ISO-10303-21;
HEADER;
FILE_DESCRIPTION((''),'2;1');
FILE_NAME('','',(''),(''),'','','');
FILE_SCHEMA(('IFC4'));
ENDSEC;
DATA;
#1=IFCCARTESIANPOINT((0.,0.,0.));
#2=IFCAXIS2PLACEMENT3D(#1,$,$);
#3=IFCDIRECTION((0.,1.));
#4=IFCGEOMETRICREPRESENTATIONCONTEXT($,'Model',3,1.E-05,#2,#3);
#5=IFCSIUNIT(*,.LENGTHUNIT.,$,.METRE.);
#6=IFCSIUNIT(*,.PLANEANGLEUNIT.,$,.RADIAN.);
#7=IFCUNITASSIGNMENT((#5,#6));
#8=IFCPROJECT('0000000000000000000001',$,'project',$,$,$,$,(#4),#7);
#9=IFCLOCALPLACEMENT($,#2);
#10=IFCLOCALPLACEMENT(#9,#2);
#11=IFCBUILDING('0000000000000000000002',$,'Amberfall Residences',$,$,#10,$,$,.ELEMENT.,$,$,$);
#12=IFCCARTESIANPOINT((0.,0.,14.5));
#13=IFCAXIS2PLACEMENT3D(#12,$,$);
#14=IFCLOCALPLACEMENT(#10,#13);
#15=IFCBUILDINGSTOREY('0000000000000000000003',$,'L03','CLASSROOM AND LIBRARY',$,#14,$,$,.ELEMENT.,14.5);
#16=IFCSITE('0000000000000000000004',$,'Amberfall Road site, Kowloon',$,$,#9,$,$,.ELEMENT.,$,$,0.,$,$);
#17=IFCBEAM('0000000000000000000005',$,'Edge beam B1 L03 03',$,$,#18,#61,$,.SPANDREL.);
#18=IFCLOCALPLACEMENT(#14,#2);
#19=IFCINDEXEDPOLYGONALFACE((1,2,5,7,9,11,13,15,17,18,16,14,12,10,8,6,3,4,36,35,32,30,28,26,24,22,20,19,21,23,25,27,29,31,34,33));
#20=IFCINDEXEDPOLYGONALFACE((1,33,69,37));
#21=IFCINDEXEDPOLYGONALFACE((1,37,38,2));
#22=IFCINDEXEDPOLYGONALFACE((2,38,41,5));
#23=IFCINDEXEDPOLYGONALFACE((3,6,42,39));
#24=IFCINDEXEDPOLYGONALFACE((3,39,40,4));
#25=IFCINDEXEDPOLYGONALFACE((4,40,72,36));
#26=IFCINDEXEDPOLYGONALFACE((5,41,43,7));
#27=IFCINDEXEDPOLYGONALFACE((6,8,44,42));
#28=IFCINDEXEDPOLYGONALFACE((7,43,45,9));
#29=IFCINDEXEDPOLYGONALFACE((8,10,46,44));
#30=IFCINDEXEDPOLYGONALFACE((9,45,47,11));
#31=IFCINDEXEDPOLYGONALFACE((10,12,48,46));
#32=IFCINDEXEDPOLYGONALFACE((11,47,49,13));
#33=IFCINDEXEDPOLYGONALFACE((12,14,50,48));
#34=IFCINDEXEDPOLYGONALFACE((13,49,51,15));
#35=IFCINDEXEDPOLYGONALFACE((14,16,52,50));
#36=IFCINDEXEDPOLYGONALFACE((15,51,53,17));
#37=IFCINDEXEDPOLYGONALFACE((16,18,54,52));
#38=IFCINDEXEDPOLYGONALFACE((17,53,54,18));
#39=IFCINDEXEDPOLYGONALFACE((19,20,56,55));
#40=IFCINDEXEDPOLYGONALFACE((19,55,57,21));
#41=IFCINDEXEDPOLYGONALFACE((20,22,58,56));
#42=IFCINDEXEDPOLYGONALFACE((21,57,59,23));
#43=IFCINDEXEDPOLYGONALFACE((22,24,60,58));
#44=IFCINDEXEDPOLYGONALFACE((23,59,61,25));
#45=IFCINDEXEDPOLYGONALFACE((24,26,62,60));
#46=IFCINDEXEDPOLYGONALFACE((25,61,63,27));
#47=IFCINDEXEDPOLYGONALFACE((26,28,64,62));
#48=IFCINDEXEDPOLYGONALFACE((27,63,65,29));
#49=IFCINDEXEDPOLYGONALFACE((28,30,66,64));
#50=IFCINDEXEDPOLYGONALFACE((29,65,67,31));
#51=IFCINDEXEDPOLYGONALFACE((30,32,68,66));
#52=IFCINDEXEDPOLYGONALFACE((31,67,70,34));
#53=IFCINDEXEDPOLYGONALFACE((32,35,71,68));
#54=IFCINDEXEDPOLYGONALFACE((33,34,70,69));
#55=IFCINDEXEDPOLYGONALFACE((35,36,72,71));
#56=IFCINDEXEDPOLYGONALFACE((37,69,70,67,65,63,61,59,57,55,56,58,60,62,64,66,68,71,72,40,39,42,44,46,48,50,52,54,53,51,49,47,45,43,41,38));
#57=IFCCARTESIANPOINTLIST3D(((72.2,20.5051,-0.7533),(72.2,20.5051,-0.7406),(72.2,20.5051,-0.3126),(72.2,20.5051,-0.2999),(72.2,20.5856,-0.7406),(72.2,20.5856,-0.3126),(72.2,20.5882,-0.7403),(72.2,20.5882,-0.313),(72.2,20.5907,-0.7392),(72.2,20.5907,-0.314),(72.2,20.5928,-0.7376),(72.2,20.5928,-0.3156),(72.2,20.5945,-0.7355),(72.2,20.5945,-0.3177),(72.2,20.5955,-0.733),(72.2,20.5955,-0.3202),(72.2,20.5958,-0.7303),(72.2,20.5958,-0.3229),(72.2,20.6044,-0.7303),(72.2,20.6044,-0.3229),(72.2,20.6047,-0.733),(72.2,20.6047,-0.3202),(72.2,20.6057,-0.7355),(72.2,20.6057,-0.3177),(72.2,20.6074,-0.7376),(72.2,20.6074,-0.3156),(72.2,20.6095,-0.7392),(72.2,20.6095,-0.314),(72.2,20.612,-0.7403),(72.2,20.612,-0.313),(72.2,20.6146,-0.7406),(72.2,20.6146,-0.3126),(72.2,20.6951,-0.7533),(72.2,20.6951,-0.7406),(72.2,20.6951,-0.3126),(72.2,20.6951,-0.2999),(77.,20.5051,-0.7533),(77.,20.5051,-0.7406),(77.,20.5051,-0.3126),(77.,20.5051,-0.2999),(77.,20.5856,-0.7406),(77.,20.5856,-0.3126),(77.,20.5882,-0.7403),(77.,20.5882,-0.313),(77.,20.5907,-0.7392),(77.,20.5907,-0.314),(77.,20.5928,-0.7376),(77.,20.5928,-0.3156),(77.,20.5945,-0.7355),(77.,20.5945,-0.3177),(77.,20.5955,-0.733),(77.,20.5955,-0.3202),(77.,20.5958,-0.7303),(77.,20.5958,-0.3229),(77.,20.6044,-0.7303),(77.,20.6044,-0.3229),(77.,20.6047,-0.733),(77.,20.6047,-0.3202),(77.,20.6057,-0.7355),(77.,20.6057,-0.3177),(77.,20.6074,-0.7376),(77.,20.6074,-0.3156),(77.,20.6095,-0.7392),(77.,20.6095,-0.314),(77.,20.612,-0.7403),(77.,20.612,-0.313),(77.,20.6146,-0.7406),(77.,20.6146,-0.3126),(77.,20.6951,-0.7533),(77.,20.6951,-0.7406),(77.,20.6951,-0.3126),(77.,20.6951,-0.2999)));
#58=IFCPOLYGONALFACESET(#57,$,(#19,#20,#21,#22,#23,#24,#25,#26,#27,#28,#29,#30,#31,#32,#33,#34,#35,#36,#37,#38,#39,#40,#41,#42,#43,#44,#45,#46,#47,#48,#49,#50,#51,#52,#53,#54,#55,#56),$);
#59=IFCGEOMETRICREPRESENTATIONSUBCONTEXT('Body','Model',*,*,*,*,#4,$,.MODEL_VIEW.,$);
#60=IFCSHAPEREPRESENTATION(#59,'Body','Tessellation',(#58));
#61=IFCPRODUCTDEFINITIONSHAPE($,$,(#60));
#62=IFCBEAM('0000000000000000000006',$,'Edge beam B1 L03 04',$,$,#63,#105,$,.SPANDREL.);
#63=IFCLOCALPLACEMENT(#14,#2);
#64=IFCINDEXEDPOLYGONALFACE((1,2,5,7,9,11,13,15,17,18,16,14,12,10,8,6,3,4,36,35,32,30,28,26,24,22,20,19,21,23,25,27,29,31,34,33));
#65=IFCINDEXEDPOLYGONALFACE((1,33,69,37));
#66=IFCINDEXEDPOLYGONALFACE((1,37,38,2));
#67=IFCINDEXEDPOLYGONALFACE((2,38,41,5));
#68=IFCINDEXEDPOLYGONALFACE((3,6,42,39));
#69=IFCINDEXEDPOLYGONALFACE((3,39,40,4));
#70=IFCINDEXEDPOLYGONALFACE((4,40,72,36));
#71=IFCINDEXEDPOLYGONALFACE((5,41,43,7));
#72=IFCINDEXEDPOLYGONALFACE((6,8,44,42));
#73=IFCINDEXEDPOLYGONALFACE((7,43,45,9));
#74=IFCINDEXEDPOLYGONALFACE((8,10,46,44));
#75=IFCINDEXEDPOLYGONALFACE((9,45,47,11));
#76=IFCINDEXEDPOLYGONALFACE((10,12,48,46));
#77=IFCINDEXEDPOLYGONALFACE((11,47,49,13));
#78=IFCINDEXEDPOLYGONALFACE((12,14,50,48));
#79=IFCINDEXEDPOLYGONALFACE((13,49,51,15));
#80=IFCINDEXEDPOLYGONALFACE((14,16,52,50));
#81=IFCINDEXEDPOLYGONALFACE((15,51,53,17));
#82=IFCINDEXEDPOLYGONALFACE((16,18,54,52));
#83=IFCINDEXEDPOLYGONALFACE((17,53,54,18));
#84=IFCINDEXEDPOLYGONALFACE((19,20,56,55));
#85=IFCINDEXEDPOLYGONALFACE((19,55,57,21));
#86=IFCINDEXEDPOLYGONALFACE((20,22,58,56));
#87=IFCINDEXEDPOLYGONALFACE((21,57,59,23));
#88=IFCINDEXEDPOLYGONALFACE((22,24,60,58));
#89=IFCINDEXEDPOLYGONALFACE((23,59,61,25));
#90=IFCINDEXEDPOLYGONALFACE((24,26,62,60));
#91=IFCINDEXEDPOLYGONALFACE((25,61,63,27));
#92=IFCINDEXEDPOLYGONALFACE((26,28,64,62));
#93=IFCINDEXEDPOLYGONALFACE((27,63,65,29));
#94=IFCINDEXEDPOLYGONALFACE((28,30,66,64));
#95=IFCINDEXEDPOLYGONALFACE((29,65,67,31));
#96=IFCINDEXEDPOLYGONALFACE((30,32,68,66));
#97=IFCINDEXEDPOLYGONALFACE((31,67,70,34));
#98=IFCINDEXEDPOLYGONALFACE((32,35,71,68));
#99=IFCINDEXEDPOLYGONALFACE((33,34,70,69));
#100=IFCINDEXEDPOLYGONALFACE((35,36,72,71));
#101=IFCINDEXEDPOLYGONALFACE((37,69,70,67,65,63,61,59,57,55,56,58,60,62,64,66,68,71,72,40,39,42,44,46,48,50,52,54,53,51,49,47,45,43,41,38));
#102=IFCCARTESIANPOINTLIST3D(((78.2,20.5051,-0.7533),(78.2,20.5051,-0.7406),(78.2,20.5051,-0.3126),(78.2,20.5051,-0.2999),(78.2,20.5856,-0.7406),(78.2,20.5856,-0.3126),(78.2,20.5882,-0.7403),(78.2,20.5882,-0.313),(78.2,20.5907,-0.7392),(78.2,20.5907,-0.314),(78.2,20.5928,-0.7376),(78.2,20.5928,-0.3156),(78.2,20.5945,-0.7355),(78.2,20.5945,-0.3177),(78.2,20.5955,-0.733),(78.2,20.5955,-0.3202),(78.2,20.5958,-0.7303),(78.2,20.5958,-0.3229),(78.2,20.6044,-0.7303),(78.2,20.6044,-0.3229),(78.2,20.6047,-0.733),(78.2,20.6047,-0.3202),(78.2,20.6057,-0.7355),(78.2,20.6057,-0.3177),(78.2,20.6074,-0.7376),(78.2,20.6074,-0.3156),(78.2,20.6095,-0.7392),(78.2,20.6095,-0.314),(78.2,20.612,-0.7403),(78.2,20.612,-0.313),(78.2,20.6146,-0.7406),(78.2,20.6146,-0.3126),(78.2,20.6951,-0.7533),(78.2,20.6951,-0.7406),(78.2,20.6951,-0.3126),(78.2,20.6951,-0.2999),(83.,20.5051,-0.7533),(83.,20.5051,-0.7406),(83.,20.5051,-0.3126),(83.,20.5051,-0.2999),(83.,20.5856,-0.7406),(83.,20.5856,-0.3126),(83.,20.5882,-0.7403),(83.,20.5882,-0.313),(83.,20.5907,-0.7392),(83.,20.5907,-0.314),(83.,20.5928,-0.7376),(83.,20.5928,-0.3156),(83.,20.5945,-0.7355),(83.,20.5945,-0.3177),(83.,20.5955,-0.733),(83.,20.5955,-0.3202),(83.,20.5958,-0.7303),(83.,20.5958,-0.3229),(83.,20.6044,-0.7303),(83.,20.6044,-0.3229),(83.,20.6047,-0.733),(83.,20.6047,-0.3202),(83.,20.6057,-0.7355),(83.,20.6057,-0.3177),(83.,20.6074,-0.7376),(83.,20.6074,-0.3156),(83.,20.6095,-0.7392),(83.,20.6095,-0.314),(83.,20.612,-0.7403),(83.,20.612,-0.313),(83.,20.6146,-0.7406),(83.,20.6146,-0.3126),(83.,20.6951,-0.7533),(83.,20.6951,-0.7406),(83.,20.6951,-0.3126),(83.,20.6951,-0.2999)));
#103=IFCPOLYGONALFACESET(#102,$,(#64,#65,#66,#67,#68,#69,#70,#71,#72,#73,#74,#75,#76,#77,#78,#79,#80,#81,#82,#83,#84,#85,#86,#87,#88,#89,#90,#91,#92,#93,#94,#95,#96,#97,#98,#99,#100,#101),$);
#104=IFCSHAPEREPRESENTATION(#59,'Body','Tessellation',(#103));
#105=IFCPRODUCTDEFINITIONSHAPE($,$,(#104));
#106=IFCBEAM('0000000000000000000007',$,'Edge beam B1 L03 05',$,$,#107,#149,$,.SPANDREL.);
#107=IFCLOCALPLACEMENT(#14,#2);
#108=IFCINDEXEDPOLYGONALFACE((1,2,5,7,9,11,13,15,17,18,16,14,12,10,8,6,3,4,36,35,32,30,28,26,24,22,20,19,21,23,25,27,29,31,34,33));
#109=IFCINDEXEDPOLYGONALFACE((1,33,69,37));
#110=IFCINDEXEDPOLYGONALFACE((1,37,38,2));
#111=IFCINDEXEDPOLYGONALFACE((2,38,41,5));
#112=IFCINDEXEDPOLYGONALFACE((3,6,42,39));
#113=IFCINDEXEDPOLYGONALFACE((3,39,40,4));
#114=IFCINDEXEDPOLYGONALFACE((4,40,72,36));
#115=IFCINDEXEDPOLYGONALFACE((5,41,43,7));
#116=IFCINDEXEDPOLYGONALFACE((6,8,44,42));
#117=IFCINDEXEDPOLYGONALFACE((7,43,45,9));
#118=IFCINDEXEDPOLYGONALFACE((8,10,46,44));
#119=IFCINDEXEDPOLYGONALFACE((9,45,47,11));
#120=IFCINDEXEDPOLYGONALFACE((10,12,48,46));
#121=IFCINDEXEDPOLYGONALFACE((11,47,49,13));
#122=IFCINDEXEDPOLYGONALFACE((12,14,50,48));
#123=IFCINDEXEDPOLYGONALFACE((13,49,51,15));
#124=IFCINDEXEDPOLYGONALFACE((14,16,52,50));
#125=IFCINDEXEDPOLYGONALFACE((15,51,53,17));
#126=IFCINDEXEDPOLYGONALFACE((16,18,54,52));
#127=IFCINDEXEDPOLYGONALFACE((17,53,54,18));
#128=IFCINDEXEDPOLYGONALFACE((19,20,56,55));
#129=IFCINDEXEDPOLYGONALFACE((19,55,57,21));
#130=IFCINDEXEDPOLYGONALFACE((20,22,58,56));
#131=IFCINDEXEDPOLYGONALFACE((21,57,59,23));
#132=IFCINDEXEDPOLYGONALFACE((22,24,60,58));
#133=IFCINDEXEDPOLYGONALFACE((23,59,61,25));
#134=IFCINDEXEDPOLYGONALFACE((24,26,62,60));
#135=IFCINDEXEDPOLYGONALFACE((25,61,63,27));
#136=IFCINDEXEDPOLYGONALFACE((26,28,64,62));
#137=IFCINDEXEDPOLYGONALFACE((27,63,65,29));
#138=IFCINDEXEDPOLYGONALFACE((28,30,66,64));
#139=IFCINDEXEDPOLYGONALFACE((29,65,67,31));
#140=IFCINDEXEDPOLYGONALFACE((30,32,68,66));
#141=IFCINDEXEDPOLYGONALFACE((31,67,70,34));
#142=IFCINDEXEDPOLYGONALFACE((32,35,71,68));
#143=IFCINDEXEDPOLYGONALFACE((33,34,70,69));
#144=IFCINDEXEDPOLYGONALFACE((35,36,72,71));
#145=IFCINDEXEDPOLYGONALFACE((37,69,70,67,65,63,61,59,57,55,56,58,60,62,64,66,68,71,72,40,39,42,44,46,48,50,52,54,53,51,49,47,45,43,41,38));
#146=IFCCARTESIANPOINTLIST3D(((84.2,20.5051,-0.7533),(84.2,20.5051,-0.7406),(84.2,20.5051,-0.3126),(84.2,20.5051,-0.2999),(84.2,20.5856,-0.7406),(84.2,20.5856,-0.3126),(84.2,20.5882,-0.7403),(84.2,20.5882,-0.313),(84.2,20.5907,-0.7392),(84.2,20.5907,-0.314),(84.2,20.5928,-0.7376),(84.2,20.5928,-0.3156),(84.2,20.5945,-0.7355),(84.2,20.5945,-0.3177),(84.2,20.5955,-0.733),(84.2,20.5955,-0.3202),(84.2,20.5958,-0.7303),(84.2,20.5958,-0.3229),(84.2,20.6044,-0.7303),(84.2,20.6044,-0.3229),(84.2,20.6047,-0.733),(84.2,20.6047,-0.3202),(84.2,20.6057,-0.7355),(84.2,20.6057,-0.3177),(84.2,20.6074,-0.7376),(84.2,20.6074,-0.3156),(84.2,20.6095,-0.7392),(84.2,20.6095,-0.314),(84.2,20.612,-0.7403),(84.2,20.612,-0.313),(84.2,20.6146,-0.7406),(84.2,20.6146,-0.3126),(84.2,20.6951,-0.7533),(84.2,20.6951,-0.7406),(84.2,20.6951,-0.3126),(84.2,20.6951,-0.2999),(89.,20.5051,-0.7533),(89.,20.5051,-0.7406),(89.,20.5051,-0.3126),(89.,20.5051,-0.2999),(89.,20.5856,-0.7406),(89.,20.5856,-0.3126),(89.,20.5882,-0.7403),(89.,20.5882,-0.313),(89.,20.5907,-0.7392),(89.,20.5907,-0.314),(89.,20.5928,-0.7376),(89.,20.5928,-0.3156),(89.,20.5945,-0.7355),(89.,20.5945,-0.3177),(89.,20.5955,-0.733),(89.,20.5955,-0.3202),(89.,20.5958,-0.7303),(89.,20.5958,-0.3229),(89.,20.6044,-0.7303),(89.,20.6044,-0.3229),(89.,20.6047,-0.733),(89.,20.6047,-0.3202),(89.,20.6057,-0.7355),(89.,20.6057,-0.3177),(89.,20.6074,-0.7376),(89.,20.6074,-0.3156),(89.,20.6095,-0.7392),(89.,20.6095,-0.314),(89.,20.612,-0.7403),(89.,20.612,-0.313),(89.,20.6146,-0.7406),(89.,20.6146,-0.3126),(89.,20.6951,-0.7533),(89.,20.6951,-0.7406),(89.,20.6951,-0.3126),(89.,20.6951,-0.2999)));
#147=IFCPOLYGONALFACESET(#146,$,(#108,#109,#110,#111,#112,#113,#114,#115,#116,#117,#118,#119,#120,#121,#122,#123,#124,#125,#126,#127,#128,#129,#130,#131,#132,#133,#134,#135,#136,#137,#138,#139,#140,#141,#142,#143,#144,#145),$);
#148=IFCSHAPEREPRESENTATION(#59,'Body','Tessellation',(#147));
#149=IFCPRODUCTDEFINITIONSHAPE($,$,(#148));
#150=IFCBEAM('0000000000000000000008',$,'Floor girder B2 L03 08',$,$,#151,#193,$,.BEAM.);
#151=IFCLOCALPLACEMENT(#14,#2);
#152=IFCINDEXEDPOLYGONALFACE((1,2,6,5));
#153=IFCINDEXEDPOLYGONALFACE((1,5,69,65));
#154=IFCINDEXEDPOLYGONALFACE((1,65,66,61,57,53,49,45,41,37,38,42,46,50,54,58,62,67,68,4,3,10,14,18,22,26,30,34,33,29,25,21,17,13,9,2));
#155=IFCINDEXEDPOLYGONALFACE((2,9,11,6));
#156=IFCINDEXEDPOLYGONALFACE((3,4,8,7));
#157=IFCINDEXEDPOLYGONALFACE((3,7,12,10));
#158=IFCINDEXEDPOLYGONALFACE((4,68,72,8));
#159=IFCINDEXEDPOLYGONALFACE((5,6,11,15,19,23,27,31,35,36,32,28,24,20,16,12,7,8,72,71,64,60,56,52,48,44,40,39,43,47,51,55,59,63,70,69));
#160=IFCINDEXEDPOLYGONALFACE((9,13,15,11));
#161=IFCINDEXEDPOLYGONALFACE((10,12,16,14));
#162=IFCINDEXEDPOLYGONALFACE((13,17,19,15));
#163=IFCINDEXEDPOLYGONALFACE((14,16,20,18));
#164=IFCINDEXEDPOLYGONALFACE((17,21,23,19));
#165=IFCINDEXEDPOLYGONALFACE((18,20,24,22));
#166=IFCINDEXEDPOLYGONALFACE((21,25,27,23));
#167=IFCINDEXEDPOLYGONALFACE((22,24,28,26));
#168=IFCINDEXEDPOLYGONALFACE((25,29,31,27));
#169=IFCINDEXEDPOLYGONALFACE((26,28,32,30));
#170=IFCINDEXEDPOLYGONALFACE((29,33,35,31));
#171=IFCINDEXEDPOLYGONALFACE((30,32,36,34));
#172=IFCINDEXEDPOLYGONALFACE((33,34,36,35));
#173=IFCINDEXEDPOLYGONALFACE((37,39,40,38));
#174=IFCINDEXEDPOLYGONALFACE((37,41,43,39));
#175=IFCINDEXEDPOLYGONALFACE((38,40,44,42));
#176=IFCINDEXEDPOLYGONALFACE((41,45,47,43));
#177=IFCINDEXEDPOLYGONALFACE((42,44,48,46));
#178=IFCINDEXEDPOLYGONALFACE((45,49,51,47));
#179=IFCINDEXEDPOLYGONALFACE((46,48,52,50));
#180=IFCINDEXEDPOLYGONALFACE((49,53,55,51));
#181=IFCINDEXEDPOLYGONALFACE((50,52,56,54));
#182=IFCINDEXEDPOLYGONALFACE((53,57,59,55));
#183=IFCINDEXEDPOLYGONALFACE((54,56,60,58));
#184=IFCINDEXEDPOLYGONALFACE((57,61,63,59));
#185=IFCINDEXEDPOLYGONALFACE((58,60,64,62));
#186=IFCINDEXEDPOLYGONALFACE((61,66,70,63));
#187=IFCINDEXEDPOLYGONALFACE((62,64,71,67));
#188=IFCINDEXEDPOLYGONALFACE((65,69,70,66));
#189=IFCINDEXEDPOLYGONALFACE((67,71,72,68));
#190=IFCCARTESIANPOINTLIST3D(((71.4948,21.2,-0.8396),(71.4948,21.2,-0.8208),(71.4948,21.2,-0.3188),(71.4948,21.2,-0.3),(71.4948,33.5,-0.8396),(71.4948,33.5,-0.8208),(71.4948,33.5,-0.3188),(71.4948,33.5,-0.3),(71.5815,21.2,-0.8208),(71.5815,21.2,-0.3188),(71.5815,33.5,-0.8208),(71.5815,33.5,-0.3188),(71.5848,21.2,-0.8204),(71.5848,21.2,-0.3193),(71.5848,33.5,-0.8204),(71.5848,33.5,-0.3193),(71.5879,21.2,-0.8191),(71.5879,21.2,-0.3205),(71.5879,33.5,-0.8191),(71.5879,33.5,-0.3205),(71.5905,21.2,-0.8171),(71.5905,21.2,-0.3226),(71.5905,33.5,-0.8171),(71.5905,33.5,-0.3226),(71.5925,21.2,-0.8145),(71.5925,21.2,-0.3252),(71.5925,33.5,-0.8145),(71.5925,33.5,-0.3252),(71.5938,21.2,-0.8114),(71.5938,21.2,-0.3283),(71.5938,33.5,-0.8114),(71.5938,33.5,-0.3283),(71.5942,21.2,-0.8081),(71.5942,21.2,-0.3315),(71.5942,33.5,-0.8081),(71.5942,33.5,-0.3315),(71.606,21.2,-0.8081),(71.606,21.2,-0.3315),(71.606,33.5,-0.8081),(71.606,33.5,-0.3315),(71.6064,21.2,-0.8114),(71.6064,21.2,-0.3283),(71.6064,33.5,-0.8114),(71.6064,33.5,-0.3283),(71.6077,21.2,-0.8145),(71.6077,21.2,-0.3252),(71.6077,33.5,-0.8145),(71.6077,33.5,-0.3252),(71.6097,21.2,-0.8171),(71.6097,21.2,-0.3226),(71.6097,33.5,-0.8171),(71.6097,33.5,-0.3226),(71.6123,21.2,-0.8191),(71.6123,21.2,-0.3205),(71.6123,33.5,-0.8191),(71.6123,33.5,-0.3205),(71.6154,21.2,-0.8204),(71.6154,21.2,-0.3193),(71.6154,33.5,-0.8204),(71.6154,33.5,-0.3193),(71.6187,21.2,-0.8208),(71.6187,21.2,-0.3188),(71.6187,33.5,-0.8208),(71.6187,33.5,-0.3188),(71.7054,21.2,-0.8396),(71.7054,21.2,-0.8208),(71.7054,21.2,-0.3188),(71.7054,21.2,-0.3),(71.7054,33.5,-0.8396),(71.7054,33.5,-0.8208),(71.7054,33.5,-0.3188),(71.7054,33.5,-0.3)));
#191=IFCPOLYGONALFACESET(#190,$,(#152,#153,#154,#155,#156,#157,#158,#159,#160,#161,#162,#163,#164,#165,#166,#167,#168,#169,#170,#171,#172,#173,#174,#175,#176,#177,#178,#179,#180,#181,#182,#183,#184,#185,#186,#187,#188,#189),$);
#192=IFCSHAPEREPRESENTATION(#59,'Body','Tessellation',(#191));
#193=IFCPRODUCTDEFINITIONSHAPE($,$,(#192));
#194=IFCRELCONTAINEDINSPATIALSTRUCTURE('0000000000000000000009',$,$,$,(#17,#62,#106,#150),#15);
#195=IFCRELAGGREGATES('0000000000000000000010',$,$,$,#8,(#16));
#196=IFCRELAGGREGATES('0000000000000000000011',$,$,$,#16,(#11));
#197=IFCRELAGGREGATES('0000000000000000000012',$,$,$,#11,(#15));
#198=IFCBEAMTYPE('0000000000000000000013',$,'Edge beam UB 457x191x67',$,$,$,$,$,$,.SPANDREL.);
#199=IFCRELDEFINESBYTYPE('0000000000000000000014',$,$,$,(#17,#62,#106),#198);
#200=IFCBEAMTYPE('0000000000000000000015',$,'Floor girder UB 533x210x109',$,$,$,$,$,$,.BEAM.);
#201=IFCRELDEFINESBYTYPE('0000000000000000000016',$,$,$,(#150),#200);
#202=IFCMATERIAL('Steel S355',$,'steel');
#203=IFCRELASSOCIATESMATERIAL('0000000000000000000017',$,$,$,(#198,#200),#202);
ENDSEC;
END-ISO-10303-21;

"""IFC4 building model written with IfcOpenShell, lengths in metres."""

from ifc_helpers import new_model, si_unit, direction, frame, origin, origin_2d, place, context, subcontext, project, spatial, i_section, extrude, material, material_profile, profile_set, type_object, element, save


model = new_model("IFC4")

# Units and contexts
model_context = context("Model", 3, precision=1e-05, world=origin(), true_north=direction((0.0, 1.0)))
body_context = subcontext(model_context, "Body", "Model", "MODEL_VIEW")
ifc_project = project(units=[si_unit("LENGTHUNIT", "METRE"), si_unit("PLANEANGLEUNIT", "RADIAN")], contexts=[model_context])

# Site, building, storey
site_placement = place(None, origin())
site = spatial("IfcSite", under=ifc_project, at=site_placement, Name="Amberfall Road site, Kowloon", CompositionType="ELEMENT", RefElevation=0.0)
building_placement = place(site_placement, origin())
building = spatial("IfcBuilding", under=site, at=building_placement, Name="Amberfall Residences", CompositionType="ELEMENT")
storey_placement = place(building_placement, frame((0.0, 0.0, 14.5)))
storey = spatial("IfcBuildingStorey", under=building, at=storey_placement, Name="L03", Description="CLASSROOM AND LIBRARY", CompositionType="ELEMENT", Elevation=14.5)

# Beams
ifc_material_1 = material(Name="Steel S355", Category="steel")
ifc_material_profile_1 = material_profile(ifc_material_1, i_section(OverallWidth=0.1899, OverallDepth=0.4534, WebThickness=0.0085, FlangeThickness=0.0127, FilletRadius=0.0103, at=origin_2d()), Name="UB 457x191x67")
ifc_profile_set_1 = profile_set([ifc_material_profile_1], Name="Steel S355")
beam_type_1 = type_object("IfcBeamType", Name="Edge beam UB 457x191x67", PredefinedType="SPANDREL", material=ifc_profile_set_1)
for number, where, z_axis, x_axis, name in (
    (1, (72.2, 20.6001, -0.5266), (1.0, 0.0, 0.0), (0.0, 1.0, 0.0), "Edge beam B1 L03 03"),
    (2, (78.2, 20.6001, -0.5266), (1.0, 0.0, 0.0), (0.0, 1.0, 0.0), "Edge beam B1 L03 04"),
    (3, (84.2, 20.6001, -0.5266), (1.0, 0.0, 0.0), (0.0, 1.0, 0.0), "Edge beam B1 L03 05"),
):
    element("IfcBeam", number, at=place(storey_placement, frame(where, z_axis=z_axis, x_axis=x_axis)), inside=storey, type_object=beam_type_1, Name=name, PredefinedType="SPANDREL", context=body_context, shape_type="SweptSolid", body=[
        extrude(i_section(OverallWidth=0.1899, OverallDepth=0.4534, WebThickness=0.0085, FlangeThickness=0.0127, FilletRadius=0.0103, at=origin_2d()), origin(), (0.0, 0.0, 1.0), 4.8),
    ])
ifc_material_profile_2 = material_profile(ifc_material_1, i_section(OverallWidth=0.2107, OverallDepth=0.5396, WebThickness=0.0117, FlangeThickness=0.0188, FilletRadius=0.0127, at=origin_2d()), Name="UB 533x210x109")
ifc_profile_set_2 = profile_set([ifc_material_profile_2], Name="Steel S355")
beam_type_2 = type_object("IfcBeamType", Name="Floor girder UB 533x210x109", PredefinedType="BEAM", material=ifc_profile_set_2)
for number, where, z_axis, x_axis, name in (
    (4, (71.6001, 21.2, -0.5698), (0.0, 1.0, 0.0), (-1.0, 0.0, 0.0), "Floor girder B2 L03 08"),
):
    element("IfcBeam", number, at=place(storey_placement, frame(where, z_axis=z_axis, x_axis=x_axis)), inside=storey, type_object=beam_type_2, Name=name, PredefinedType="BEAM", context=body_context, shape_type="SweptSolid", body=[
        extrude(i_section(OverallWidth=0.2107, OverallDepth=0.5396, WebThickness=0.0117, FlangeThickness=0.0188, FilletRadius=0.0127, at=origin_2d()), origin(), (0.0, 0.0, 1.0), 12.3),
    ])

save(model, "model.ifc")
